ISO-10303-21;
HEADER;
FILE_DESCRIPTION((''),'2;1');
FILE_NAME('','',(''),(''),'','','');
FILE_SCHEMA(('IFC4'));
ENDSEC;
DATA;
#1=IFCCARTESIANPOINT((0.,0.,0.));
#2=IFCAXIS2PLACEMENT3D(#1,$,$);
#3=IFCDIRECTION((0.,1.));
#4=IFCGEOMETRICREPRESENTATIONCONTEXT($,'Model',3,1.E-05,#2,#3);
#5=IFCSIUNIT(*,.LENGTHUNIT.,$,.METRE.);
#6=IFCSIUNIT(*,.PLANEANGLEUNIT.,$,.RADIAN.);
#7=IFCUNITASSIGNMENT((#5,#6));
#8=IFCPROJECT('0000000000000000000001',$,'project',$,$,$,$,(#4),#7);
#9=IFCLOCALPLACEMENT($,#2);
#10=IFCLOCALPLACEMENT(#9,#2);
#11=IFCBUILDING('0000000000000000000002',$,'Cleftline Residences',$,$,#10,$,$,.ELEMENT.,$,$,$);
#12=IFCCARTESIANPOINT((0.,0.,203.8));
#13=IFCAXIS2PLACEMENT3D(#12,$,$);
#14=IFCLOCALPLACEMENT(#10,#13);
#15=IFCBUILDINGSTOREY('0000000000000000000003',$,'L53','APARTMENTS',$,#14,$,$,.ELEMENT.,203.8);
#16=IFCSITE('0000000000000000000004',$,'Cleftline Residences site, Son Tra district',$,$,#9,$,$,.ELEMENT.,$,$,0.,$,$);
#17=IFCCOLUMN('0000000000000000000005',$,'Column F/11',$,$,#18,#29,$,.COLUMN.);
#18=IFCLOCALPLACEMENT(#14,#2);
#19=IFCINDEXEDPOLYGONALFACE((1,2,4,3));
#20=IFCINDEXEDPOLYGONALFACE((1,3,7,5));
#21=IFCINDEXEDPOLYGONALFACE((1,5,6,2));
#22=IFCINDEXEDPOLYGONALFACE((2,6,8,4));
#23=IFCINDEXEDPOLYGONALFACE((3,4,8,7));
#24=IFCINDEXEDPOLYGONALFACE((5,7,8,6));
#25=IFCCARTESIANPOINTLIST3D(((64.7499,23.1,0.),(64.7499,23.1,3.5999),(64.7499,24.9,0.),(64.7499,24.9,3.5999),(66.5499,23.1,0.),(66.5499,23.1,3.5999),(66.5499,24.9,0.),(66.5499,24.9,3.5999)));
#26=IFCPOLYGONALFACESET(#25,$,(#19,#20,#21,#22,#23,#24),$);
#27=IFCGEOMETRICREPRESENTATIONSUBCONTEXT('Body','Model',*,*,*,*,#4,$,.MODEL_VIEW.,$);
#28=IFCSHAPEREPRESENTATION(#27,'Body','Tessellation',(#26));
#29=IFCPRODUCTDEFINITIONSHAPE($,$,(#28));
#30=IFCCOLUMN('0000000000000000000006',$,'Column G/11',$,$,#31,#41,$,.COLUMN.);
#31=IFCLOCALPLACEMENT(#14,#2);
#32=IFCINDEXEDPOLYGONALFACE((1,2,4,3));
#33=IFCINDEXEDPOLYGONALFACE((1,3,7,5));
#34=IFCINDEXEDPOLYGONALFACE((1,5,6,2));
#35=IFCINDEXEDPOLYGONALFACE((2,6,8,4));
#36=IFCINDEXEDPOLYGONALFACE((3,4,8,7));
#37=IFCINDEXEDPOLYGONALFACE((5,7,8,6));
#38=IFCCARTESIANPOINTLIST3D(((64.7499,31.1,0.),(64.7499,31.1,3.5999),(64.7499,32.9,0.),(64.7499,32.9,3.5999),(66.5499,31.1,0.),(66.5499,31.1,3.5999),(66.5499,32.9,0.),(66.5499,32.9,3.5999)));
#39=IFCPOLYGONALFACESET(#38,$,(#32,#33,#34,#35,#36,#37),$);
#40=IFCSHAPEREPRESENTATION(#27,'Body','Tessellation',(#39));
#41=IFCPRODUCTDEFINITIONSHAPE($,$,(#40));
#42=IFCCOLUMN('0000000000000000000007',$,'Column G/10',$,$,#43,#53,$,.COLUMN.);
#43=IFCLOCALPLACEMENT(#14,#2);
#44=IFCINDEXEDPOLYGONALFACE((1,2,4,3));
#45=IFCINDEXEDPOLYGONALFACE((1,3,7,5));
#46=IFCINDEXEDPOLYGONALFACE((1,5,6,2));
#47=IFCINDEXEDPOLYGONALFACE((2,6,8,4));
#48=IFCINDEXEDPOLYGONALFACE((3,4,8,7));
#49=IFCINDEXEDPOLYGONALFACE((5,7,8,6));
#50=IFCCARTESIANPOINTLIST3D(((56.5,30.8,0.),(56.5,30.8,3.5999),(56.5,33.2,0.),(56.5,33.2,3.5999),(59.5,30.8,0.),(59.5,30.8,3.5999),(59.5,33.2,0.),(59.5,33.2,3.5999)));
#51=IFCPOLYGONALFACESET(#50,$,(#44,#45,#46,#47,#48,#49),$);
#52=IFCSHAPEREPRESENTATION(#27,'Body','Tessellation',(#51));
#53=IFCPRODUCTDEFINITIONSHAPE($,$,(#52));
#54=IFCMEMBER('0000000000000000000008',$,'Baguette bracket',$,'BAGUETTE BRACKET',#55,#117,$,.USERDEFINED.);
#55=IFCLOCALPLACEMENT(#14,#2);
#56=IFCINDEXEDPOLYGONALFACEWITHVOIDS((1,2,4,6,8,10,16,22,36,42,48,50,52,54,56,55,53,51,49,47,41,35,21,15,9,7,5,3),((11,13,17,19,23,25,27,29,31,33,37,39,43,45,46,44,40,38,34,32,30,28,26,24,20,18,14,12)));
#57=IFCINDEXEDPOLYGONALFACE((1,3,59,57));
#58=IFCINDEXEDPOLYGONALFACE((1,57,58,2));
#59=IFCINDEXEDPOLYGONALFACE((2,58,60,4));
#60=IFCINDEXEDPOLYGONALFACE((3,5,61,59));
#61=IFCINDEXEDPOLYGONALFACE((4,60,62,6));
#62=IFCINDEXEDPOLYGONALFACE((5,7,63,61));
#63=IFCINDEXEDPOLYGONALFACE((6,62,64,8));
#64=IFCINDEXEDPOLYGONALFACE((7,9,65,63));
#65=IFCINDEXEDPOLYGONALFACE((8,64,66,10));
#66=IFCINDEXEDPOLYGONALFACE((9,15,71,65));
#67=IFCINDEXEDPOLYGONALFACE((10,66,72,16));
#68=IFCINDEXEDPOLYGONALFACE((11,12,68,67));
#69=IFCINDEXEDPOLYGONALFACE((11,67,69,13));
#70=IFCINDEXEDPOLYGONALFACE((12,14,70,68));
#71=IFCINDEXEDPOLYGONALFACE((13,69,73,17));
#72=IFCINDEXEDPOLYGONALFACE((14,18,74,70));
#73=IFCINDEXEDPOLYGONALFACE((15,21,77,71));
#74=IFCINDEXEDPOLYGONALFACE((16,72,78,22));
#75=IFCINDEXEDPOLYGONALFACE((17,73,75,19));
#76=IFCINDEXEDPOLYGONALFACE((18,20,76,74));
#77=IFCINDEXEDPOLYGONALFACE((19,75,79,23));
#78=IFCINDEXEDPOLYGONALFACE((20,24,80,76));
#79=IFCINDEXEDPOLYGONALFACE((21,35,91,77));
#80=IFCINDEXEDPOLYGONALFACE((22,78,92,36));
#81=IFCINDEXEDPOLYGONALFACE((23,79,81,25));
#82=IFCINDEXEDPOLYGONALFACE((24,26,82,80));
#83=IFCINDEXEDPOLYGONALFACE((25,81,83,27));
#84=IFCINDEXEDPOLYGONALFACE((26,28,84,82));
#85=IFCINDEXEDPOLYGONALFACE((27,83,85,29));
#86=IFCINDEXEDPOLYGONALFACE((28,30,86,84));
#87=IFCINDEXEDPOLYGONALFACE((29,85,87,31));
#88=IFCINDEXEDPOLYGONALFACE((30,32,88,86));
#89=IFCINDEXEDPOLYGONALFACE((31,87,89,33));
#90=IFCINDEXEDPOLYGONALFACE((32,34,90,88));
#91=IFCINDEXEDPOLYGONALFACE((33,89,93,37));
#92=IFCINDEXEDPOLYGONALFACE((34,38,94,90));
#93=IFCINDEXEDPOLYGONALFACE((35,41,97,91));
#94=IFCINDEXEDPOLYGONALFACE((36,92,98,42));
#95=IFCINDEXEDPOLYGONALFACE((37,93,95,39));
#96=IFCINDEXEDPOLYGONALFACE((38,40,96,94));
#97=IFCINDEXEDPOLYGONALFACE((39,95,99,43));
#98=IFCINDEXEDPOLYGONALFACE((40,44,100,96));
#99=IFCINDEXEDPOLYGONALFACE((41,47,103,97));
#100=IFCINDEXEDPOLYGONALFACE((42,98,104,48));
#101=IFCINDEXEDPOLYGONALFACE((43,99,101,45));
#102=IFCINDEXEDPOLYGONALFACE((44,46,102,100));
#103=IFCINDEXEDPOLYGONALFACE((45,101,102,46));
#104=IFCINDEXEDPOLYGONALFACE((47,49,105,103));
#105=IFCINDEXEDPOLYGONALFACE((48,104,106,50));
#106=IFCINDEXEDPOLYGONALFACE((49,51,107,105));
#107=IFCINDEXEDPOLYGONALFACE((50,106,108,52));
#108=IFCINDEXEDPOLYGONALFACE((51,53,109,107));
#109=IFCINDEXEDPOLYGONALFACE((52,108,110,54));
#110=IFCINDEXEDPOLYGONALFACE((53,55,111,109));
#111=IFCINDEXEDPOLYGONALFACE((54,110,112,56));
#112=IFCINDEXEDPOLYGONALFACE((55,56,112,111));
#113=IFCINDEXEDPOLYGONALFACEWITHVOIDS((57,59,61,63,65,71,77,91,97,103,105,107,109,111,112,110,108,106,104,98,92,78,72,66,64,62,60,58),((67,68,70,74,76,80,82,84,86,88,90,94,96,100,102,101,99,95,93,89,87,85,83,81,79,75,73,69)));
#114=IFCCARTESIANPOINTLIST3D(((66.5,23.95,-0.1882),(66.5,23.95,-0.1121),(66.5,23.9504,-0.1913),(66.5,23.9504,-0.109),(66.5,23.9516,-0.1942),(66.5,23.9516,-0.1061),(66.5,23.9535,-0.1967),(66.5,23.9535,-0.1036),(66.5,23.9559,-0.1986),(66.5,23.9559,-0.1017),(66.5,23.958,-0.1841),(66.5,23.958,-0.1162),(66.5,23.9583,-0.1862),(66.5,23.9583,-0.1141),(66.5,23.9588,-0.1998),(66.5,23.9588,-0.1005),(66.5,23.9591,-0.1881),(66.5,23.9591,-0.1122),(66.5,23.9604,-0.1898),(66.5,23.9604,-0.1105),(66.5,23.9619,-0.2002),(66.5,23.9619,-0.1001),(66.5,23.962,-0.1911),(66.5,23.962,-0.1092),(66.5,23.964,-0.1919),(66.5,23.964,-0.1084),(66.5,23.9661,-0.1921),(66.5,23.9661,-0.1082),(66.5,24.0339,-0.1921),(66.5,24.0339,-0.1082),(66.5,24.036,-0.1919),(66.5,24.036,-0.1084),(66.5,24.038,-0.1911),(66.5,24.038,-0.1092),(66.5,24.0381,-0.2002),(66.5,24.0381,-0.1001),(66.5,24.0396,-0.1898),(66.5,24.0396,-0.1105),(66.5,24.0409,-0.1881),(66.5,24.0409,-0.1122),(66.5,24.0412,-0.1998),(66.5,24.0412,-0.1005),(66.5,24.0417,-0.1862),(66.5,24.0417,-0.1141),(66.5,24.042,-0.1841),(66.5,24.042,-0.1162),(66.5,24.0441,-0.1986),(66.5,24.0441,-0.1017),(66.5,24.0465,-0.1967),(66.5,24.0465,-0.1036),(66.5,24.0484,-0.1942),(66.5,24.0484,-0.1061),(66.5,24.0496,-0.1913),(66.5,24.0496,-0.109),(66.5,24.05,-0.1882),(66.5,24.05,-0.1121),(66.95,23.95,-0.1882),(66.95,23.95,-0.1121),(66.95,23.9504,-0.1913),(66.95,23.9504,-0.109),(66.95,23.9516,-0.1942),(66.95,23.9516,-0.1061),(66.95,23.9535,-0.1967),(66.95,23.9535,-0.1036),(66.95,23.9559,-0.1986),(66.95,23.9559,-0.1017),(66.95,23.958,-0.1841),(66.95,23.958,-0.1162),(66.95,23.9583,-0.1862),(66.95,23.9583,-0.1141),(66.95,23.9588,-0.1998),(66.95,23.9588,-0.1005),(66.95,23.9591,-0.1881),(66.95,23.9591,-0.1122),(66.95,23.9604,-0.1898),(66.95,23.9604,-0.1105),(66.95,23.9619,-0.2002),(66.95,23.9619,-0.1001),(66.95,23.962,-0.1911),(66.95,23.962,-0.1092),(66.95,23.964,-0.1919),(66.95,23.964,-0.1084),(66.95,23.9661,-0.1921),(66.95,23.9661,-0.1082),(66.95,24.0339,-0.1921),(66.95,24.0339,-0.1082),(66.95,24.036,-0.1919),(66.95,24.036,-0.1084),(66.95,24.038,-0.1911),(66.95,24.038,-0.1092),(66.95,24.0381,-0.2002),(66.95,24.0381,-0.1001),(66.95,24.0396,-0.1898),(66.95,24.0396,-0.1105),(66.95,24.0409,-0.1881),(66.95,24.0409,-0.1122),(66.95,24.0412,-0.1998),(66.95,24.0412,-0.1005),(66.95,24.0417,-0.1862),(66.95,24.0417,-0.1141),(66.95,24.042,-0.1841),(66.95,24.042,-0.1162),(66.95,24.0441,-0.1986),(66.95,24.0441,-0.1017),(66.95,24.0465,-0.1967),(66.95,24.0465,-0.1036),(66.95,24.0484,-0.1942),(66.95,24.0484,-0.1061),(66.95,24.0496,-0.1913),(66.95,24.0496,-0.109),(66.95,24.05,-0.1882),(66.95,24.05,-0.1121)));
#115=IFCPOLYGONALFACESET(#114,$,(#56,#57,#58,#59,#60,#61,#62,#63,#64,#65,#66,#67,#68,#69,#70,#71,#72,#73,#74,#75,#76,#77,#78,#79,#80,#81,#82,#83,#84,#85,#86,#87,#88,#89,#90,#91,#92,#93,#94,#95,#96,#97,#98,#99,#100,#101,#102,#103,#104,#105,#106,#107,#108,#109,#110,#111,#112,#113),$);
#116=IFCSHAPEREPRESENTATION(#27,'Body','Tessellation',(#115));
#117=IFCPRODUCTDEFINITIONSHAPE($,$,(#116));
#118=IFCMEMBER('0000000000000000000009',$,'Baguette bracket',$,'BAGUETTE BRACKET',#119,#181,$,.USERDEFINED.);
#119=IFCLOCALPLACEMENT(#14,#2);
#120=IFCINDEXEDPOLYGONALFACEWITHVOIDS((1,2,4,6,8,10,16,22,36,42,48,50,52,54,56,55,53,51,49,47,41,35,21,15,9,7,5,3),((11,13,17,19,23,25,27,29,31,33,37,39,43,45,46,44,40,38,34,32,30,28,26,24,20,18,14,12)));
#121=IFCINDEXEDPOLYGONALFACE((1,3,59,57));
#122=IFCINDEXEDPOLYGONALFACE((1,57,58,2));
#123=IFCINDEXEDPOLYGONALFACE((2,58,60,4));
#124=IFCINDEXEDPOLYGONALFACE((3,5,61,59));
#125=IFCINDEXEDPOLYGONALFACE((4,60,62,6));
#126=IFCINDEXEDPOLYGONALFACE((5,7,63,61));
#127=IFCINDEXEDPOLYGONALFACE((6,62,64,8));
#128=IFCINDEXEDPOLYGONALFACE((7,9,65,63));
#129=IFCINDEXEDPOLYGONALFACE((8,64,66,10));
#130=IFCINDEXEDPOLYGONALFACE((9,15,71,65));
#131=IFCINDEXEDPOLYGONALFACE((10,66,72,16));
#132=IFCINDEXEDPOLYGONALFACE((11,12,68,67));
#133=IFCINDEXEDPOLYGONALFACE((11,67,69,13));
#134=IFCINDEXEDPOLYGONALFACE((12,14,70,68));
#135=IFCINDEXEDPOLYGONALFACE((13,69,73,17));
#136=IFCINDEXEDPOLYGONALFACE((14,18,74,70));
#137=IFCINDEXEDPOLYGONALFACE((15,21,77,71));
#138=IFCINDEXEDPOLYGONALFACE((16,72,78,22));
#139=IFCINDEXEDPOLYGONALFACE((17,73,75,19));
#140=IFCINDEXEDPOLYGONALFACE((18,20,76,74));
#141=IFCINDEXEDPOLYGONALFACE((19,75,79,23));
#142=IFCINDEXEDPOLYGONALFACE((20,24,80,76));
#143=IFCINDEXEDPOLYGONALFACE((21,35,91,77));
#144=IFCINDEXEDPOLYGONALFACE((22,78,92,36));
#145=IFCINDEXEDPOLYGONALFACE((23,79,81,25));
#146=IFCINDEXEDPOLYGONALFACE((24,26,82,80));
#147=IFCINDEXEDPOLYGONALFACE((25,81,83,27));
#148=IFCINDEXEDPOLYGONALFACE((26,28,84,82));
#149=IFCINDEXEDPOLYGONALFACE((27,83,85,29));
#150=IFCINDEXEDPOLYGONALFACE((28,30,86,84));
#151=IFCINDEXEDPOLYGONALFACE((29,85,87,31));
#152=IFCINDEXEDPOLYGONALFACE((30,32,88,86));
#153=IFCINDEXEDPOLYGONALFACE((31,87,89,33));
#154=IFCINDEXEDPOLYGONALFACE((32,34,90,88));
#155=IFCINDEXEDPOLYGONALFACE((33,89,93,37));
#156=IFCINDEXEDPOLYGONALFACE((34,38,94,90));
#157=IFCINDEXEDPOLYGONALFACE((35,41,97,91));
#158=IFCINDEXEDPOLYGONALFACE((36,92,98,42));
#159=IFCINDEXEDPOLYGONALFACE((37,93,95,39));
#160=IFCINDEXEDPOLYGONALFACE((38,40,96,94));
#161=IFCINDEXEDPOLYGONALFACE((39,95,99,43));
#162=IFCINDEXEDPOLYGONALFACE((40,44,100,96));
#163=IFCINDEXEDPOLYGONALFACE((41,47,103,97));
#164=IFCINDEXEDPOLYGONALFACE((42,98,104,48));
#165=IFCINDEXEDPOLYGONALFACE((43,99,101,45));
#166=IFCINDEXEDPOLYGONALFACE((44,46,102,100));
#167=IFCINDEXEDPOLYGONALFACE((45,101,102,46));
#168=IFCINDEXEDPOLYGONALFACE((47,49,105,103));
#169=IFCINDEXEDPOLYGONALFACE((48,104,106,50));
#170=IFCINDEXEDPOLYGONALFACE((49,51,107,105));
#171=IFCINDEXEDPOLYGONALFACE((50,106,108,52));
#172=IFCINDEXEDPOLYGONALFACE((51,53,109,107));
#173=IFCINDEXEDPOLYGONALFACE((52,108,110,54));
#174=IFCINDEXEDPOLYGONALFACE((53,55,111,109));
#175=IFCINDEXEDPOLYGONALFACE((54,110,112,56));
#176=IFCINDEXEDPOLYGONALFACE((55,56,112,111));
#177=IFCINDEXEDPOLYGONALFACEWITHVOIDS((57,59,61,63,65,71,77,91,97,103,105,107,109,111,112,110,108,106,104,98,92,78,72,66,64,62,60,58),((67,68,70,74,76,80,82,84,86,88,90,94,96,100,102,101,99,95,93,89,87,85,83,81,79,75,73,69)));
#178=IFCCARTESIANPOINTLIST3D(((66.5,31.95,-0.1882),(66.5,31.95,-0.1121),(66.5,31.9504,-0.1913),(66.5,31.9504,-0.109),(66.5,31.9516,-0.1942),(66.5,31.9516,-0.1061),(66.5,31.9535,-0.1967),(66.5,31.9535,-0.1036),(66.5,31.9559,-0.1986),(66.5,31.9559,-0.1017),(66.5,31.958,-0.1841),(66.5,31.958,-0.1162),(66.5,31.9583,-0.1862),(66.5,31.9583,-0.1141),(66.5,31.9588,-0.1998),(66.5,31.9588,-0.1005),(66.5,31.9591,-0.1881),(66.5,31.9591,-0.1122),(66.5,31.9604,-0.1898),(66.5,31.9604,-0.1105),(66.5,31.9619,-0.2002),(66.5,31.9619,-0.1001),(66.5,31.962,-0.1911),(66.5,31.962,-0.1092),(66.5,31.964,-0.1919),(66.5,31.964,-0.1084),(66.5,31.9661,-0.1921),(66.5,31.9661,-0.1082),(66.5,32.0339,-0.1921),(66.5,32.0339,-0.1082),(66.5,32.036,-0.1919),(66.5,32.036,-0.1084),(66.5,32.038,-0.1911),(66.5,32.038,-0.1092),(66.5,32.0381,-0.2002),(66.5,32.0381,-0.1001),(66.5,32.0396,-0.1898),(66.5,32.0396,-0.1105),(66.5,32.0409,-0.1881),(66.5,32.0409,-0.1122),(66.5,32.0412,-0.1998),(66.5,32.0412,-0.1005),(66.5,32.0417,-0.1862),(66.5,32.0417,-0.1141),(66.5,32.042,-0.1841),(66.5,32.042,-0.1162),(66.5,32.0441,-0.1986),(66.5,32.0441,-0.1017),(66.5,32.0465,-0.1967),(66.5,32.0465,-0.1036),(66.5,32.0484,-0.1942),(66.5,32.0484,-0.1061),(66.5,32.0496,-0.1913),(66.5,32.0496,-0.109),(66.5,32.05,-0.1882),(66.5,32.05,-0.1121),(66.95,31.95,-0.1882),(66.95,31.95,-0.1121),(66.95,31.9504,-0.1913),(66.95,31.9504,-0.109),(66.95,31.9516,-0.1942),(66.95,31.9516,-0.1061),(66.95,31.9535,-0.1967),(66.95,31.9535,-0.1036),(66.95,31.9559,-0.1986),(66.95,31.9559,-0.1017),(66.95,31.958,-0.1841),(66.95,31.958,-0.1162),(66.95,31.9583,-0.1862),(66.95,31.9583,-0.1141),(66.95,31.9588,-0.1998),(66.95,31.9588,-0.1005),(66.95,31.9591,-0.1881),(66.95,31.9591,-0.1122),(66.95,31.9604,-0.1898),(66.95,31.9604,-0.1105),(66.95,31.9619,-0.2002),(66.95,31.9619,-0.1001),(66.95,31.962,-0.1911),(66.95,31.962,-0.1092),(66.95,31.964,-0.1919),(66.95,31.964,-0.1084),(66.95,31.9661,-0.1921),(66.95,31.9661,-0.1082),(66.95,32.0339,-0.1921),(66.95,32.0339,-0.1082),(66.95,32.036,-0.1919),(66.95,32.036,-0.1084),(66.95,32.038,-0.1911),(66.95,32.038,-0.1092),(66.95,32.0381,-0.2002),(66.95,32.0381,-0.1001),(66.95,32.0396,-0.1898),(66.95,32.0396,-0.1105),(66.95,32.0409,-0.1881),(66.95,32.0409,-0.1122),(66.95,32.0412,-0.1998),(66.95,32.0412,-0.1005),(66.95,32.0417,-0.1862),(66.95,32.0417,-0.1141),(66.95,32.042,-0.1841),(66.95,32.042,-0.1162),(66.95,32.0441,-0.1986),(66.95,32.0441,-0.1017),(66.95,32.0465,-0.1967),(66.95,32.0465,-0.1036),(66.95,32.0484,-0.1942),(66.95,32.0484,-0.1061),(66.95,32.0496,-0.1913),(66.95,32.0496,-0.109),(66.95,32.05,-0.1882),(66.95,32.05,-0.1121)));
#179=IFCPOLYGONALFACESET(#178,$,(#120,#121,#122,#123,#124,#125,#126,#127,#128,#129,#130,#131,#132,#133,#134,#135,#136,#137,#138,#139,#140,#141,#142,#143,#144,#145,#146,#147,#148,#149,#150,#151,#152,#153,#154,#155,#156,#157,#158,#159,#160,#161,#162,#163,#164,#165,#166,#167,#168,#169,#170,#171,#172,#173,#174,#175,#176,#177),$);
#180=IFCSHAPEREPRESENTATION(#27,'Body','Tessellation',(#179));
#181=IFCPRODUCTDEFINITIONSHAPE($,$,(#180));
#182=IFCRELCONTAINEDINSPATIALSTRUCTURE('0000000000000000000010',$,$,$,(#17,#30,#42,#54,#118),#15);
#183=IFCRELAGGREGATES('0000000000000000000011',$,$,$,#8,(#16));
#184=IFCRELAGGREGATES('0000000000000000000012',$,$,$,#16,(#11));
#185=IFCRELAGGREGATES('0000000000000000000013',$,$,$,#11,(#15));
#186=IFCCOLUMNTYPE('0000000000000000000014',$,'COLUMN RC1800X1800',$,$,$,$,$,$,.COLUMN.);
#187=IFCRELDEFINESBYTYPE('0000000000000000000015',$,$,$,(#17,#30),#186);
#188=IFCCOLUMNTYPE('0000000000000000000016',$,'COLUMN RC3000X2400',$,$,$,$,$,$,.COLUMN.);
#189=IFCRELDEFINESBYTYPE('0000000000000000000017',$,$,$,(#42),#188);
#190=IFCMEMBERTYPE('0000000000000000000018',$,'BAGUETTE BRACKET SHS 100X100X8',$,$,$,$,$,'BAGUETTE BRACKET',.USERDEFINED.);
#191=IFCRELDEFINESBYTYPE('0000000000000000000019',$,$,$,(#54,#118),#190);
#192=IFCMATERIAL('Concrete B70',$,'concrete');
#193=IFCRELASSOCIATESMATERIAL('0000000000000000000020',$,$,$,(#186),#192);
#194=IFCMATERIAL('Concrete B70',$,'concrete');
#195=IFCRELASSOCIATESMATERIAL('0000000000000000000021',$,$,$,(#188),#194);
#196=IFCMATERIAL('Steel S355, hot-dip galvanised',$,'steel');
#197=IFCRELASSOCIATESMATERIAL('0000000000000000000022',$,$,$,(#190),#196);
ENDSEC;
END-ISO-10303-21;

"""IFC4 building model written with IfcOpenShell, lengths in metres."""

from ifc_helpers import new_model, si_unit, direction, frame, origin, origin_2d, place, context, subcontext, project, spatial, rectangle, hollow_rectangle, extrude, material, material_profile, profile_set, type_object, element, save


model = new_model("IFC4")

# Units and contexts
model_context = context("Model", 3, precision=1e-05, world=origin(), true_north=direction((0.0, 1.0)))
body_context = subcontext(model_context, "Body", "Model", "MODEL_VIEW")
ifc_project = project(units=[si_unit("LENGTHUNIT", "METRE"), si_unit("PLANEANGLEUNIT", "RADIAN")], contexts=[model_context])

# Site, building, storey
site_placement = place(None, origin())
site = spatial("IfcSite", under=ifc_project, at=site_placement, Name="Cleftline Residences site, Son Tra district", CompositionType="ELEMENT", RefElevation=0.0)
building_placement = place(site_placement, origin())
building = spatial("IfcBuilding", under=site, at=building_placement, Name="Cleftline Residences", CompositionType="ELEMENT")
storey_placement = place(building_placement, frame((0.0, 0.0, 203.8)))
storey = spatial("IfcBuildingStorey", under=building, at=storey_placement, Name="L53", Description="APARTMENTS", CompositionType="ELEMENT", Elevation=203.8)

# Columns
ifc_material_1 = material(Name="Concrete B70", Category="concrete")
ifc_material_profile_1 = material_profile(ifc_material_1, rectangle(XDim=1.8, YDim=1.8, at=origin_2d()))
ifc_profile_set_1 = profile_set([ifc_material_profile_1], Name="Concrete B70")
column_type_1 = type_object("IfcColumnType", Name="COLUMN RC1800X1800", PredefinedType="COLUMN", material=ifc_profile_set_1)
for number, where, z_axis, x_axis, name in (
    (1, (65.6499, 24.0, 0.0), (0.0, 0.0, 1.0), (1.0, 0.0, 0.0), "Column F/11"),
    (2, (65.6499, 32.0, 0.0), (0.0, 0.0, 1.0), (1.0, 0.0, 0.0), "Column G/11"),
):
    element("IfcColumn", number, at=place(storey_placement, frame(where, z_axis=z_axis, x_axis=x_axis)), inside=storey, type_object=column_type_1, Name=name, PredefinedType="COLUMN", context=body_context, shape_type="SweptSolid", body=[
        extrude(rectangle(XDim=1.8, YDim=1.8, at=origin_2d()), origin(), (0.0, 0.0, 1.0), 3.5999),
    ])
ifc_material_2 = material(Name="Concrete B70", Category="concrete")
ifc_material_profile_2 = material_profile(ifc_material_2, rectangle(XDim=3.0, YDim=2.3999, at=origin_2d()))
ifc_profile_set_2 = profile_set([ifc_material_profile_2], Name="Concrete B70")
column_type_2 = type_object("IfcColumnType", Name="COLUMN RC3000X2400", PredefinedType="COLUMN", material=ifc_profile_set_2)
column_placement = place(storey_placement, frame((58.0, 32.0, 0.0), z_axis=(0.0, 0.0, 1.0), x_axis=(1.0, 0.0, 0.0)))
element("IfcColumn", 3, at=column_placement, inside=storey, type_object=column_type_2, Name="Column G/10", PredefinedType="COLUMN", context=body_context, shape_type="SweptSolid", body=[
    extrude(rectangle(XDim=3.0, YDim=2.3999, at=origin_2d()), origin(), (0.0, 0.0, 1.0), 3.5999),
])

# Members
ifc_material_3 = material(Name="Steel S355, hot-dip galvanised", Category="steel")
ifc_material_profile_3 = material_profile(ifc_material_3, hollow_rectangle(XDim=0.1001, YDim=0.1001, WallThickness=0.0081, InnerFilletRadius=0.0081, OuterFilletRadius=0.012, at=origin_2d()))
ifc_profile_set_3 = profile_set([ifc_material_profile_3], Name="Steel S355, hot-dip galvanised")
member_type_1 = type_object("IfcMemberType", Name="BAGUETTE BRACKET SHS 100X100X8", ElementType="BAGUETTE BRACKET", PredefinedType="USERDEFINED", material=ifc_profile_set_3)
for number, where, z_axis, x_axis, name in (
    (4, (66.5, 24.0, -0.1501), (1.0, 0.0, 0.0), (0.0, 1.0, 0.0), "Baguette bracket"),
    (5, (66.5, 32.0, -0.1501), (1.0, 0.0, 0.0), (0.0, 1.0, 0.0), "Baguette bracket"),
):
    element("IfcMember", number, at=place(storey_placement, frame(where, z_axis=z_axis, x_axis=x_axis)), inside=storey, type_object=member_type_1, Name=name, ObjectType="BAGUETTE BRACKET", PredefinedType="USERDEFINED", context=body_context, shape_type="SweptSolid", body=[
        extrude(hollow_rectangle(XDim=0.1001, YDim=0.1001, WallThickness=0.0081, InnerFilletRadius=0.0081, OuterFilletRadius=0.012, at=origin_2d()), origin(), (0.0, 0.0, 1.0), 0.45),
    ])

save(model, "model.ifc")
